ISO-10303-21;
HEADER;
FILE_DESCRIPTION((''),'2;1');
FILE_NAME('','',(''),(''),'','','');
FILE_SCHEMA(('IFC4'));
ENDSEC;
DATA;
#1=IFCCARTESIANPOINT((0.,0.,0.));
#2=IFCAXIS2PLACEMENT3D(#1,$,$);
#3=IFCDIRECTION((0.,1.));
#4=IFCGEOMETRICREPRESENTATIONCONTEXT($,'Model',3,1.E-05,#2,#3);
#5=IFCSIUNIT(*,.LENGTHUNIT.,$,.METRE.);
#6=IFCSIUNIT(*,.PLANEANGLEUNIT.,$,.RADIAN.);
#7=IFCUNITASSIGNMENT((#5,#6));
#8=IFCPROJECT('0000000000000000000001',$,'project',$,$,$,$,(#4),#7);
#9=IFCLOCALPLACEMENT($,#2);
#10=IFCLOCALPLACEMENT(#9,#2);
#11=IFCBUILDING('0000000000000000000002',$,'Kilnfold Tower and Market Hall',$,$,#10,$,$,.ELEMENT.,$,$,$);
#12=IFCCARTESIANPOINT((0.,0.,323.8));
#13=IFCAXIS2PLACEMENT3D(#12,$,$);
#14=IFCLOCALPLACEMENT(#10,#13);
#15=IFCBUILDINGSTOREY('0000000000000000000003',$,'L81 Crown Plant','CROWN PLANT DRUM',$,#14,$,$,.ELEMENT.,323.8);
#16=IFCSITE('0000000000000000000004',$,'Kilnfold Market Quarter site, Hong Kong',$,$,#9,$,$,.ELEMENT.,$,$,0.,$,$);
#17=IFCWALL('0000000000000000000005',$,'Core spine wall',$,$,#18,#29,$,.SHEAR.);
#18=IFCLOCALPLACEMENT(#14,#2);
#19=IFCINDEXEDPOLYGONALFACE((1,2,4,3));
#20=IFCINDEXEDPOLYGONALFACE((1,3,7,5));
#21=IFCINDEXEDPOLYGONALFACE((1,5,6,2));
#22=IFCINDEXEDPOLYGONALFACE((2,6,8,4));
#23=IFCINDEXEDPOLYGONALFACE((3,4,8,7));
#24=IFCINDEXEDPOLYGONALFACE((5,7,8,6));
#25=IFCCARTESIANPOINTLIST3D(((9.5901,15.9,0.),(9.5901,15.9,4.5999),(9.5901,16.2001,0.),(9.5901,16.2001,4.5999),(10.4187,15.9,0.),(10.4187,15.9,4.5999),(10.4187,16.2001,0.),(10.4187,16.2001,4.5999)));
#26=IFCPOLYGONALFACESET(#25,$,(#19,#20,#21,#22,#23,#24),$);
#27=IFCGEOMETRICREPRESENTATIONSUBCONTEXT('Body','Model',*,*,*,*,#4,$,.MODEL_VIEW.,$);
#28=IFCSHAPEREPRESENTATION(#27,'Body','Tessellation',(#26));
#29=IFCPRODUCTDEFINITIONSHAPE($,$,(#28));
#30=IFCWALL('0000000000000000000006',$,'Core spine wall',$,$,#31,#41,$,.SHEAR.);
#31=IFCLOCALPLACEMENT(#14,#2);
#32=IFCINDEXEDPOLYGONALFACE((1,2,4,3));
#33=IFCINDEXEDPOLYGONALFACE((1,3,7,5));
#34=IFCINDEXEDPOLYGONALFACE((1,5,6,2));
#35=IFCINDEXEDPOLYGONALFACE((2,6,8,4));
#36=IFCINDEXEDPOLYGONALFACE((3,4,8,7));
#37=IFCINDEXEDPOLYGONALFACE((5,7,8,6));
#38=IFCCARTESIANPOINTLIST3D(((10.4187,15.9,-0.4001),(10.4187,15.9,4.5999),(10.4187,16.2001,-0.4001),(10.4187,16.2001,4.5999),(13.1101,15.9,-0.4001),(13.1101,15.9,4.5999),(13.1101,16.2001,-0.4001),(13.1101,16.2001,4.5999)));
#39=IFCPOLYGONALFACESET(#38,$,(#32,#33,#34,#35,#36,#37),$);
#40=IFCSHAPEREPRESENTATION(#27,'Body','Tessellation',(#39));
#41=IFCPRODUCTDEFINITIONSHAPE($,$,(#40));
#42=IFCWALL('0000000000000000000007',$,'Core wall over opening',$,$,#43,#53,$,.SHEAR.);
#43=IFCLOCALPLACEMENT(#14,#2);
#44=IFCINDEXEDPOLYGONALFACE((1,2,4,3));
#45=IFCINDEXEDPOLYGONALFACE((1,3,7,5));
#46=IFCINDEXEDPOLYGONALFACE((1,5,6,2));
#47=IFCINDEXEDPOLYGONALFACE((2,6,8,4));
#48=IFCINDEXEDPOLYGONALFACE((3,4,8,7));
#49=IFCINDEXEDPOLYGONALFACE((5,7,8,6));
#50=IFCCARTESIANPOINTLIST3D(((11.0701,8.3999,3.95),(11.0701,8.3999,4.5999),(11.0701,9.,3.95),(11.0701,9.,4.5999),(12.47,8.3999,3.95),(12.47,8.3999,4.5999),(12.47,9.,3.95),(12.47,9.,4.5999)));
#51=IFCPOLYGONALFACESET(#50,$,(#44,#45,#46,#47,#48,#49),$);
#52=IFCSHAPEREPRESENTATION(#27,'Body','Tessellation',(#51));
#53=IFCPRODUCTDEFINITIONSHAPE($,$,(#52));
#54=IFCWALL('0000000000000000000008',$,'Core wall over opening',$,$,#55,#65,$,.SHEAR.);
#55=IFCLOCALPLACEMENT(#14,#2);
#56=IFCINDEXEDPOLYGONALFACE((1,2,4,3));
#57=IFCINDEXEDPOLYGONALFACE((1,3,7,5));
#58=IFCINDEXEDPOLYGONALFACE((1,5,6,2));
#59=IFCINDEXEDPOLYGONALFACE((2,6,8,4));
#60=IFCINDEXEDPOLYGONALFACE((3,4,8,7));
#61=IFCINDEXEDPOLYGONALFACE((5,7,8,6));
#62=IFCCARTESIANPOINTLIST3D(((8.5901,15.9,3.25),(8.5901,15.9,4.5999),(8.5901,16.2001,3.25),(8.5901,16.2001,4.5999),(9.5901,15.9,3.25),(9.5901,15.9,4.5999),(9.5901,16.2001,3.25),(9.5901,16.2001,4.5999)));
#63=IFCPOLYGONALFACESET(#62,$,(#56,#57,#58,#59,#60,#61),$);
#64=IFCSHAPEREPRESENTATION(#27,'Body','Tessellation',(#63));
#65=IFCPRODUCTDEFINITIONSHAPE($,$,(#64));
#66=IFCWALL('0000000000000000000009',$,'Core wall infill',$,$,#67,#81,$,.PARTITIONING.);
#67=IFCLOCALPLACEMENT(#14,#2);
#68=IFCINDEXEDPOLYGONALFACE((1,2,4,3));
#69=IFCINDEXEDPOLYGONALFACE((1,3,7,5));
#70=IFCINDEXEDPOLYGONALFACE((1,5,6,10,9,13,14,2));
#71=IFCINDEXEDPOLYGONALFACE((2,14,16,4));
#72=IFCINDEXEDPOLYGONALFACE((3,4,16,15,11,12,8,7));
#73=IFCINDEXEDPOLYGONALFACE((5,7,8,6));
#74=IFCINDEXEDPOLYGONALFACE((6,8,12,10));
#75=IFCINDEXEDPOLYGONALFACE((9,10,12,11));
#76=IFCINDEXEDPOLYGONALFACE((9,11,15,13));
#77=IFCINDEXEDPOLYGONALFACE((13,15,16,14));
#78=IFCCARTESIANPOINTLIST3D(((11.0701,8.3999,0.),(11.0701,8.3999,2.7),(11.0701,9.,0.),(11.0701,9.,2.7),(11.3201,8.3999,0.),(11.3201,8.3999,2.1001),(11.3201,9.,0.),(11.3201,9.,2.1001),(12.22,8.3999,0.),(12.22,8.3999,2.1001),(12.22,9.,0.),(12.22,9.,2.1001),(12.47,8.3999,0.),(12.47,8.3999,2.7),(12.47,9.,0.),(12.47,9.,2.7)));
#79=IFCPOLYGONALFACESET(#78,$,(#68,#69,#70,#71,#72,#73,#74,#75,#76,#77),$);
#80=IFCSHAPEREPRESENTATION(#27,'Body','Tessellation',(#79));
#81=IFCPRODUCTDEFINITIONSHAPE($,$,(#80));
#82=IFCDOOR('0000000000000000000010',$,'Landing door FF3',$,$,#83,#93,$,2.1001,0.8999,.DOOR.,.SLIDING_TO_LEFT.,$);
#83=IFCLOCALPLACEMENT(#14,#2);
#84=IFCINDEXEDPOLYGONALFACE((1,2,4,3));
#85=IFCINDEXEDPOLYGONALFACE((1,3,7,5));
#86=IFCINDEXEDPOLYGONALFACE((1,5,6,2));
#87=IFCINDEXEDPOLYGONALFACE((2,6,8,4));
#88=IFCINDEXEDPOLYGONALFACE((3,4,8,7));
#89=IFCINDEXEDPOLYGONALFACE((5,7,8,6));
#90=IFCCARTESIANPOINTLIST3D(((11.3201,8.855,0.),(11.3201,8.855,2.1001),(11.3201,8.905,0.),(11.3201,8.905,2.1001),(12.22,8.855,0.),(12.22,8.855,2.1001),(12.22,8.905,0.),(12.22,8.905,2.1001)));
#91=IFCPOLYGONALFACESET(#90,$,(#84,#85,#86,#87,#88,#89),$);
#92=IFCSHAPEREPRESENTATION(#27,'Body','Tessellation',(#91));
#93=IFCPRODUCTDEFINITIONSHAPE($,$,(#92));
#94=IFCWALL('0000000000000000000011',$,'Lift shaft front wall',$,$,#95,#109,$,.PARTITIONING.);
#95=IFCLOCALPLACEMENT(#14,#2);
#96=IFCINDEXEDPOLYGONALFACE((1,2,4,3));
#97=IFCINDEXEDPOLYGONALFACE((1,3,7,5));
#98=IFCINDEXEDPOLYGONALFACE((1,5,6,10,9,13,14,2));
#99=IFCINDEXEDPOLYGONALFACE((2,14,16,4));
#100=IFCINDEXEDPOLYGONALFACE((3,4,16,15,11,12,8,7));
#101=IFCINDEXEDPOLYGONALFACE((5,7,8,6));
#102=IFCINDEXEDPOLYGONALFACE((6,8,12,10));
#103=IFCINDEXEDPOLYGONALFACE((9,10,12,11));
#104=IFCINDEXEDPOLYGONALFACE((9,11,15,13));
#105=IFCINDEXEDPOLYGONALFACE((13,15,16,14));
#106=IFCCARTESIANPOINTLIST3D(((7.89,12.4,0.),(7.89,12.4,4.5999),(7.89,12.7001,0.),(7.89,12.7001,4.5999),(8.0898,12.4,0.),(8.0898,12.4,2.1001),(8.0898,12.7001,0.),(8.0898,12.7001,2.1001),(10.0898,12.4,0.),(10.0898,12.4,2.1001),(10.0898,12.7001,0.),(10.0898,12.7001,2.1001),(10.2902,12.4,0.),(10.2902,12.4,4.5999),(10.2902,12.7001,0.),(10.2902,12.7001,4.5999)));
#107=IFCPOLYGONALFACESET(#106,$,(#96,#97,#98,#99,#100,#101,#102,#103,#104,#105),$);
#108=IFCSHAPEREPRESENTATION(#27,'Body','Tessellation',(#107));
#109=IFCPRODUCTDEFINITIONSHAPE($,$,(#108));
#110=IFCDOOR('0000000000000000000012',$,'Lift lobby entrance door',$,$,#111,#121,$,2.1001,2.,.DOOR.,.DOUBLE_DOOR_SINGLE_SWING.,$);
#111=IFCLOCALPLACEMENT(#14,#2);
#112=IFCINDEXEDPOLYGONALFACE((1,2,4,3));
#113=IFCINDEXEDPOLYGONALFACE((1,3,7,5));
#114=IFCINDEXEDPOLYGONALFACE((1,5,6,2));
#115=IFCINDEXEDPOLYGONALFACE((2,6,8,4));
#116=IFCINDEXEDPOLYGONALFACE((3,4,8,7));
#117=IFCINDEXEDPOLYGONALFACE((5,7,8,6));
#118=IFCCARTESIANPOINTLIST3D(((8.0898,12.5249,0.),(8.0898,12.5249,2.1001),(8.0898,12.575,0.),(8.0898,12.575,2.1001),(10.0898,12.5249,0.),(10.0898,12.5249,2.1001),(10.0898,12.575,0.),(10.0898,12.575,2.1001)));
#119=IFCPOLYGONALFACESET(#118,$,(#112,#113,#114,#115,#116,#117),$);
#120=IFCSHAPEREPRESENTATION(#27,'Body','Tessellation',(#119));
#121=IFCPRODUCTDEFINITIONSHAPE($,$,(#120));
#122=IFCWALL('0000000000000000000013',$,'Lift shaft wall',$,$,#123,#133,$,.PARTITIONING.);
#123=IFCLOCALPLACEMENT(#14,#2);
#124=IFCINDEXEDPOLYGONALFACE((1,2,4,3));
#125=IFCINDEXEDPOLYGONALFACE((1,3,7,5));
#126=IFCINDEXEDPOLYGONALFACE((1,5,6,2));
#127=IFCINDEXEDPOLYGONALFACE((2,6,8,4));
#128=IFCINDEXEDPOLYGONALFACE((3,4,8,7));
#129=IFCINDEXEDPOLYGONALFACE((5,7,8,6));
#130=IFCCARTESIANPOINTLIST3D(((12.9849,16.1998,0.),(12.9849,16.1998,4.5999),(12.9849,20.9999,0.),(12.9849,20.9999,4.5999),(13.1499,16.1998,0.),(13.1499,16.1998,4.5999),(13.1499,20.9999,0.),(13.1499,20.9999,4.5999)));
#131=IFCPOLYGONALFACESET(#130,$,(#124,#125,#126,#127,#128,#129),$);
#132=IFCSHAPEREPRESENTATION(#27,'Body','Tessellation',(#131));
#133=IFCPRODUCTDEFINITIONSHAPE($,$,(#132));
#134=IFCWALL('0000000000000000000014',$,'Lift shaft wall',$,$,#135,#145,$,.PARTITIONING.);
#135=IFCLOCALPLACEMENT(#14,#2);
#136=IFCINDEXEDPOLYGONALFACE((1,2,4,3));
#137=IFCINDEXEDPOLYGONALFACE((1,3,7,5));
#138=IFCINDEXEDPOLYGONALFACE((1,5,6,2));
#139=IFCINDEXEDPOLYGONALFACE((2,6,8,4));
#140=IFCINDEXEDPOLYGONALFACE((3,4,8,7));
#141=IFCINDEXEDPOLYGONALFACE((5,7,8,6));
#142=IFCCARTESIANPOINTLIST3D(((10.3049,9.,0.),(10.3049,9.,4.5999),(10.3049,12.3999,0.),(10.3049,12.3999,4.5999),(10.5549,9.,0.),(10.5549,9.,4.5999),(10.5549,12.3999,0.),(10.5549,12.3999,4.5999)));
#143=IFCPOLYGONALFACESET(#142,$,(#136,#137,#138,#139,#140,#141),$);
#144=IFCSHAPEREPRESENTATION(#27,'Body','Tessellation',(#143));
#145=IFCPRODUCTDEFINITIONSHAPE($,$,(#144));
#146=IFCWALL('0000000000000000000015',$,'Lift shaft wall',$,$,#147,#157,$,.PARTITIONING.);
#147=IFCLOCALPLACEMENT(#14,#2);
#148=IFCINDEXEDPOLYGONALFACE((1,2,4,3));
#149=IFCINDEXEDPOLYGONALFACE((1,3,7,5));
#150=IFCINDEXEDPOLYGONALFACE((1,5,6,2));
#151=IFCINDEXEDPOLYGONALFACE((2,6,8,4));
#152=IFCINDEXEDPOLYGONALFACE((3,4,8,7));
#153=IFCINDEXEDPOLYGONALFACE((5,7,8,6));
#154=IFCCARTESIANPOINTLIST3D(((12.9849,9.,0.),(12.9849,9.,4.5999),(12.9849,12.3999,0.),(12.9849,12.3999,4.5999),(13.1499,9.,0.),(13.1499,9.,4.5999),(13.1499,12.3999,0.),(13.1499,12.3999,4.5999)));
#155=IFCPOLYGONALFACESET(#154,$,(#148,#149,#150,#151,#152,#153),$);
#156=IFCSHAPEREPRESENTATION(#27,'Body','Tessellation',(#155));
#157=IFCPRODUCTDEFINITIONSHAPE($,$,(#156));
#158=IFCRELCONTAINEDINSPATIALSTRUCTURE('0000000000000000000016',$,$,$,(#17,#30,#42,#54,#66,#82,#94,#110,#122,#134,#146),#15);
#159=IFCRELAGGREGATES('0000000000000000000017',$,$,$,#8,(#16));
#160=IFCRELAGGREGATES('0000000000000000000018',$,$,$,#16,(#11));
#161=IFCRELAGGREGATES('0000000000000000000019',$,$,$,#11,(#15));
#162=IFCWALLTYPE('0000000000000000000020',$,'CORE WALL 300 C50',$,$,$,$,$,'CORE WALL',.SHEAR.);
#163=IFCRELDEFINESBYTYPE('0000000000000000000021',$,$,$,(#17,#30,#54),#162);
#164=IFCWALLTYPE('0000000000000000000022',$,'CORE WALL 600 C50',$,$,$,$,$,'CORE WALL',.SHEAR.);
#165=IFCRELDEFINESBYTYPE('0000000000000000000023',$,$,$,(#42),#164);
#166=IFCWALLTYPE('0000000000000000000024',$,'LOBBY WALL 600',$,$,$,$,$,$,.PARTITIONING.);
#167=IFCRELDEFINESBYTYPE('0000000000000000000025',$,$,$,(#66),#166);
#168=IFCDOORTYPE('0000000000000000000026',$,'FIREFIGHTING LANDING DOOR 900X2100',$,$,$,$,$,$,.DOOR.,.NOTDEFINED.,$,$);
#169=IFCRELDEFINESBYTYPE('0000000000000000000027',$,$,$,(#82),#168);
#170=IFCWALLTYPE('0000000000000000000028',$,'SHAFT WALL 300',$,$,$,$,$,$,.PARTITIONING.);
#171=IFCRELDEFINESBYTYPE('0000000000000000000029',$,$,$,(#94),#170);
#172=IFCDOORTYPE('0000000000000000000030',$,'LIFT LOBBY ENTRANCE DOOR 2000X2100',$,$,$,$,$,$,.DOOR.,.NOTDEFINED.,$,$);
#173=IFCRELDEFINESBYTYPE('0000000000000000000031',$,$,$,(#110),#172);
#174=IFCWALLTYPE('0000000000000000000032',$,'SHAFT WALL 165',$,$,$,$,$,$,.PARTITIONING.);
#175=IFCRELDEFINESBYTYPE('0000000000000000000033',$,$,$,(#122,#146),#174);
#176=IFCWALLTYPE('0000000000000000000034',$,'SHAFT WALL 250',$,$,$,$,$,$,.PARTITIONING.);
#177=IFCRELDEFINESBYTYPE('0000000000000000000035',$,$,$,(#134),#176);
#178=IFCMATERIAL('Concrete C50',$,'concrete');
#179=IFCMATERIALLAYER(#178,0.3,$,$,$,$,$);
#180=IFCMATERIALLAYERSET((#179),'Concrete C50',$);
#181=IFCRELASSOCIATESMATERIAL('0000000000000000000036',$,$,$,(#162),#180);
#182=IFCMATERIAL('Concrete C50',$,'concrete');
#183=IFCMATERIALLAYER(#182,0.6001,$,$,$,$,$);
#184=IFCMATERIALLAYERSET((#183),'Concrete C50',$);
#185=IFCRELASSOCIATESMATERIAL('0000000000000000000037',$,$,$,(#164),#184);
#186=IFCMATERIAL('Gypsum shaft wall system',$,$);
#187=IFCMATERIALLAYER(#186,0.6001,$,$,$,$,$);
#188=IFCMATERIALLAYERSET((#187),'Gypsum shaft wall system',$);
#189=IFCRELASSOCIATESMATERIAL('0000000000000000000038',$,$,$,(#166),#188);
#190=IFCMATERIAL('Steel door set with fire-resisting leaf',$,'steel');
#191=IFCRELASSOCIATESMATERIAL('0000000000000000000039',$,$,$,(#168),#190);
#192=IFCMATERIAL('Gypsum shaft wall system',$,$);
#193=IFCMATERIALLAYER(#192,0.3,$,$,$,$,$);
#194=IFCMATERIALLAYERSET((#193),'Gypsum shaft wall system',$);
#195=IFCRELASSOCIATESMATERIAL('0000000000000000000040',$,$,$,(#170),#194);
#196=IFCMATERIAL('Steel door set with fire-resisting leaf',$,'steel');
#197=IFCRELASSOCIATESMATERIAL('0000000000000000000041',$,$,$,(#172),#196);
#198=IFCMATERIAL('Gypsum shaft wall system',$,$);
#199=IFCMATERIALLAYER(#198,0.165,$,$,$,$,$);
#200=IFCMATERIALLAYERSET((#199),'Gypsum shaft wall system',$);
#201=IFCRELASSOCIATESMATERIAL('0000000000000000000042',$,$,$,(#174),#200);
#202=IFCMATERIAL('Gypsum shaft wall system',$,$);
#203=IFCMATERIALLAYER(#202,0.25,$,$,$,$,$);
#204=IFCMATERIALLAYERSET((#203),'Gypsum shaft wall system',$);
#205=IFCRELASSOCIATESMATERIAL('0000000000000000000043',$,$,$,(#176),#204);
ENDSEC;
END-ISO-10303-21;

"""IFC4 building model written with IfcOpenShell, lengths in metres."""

from ifc_helpers import new_model, si_unit, direction, frame, frame_2d, origin, place, context, subcontext, project, spatial, rectangle, extrude, source, transform, mapped, material, layer, layer_set, type_object, element, fill, save


model = new_model("IFC4")

# Units and contexts
model_context = context("Model", 3, precision=1e-05, world=origin(), true_north=direction((0.0, 1.0)))
body_context = subcontext(model_context, "Body", "Model", "MODEL_VIEW")
ifc_project = project(units=[si_unit("LENGTHUNIT", "METRE"), si_unit("PLANEANGLEUNIT", "RADIAN")], contexts=[model_context])

# Site, building, storey
site_placement = place(None, origin())
site = spatial("IfcSite", under=ifc_project, at=site_placement, Name="Kilnfold Market Quarter site, Hong Kong", CompositionType="ELEMENT", RefElevation=0.0)
building_placement = place(site_placement, origin())
building = spatial("IfcBuilding", under=site, at=building_placement, Name="Kilnfold Tower and Market Hall", CompositionType="ELEMENT")
storey_placement = place(building_placement, frame((0.0, 0.0, 323.8)))
storey = spatial("IfcBuildingStorey", under=building, at=storey_placement, Name="L81 Crown Plant", Description="CROWN PLANT DRUM", CompositionType="ELEMENT", Elevation=323.8)

# Shared definitions
ifc_material_1 = material(Name="Concrete C50", Category="concrete")
ifc_layer_1 = layer(ifc_material_1, 0.3)
ifc_layer_set_1 = layer_set([ifc_layer_1], Name="Concrete C50")
wall_type_1 = type_object("IfcWallType", Name="CORE WALL 300 C50", ElementType="CORE WALL", PredefinedType="SHEAR", material=ifc_layer_set_1)

# Shared definitions
ifc_material_2 = material(Name="Concrete C50", Category="concrete")
ifc_layer_2 = layer(ifc_material_2, 0.6001)
ifc_layer_set_2 = layer_set([ifc_layer_2], Name="Concrete C50")
wall_type_2 = type_object("IfcWallType", Name="CORE WALL 600 C50", ElementType="CORE WALL", PredefinedType="SHEAR", material=ifc_layer_set_2)

# Walls
shared_shape_1 = source(origin(), body_context, "Body", "SweptSolid", [
    extrude(rectangle(XDim=0.8286, YDim=0.3, at=frame_2d((0.4143, 0.0))), origin(), (0.0, 0.0, 1.0), 4.5999),
])
wall_1_placement = place(storey_placement, frame((9.5901, 16.05, 0.0), z_axis=(0.0, 0.0, 1.0), x_axis=(1.0, 0.0, 0.0)))
element("IfcWall", 1, at=wall_1_placement, inside=storey, type_object=wall_type_1, Name="Core spine wall", PredefinedType="SHEAR", context=body_context, shape_type="MappedRepresentation", body=[
    mapped(shared_shape_1, transform((0.0, 0.0, 0.0))),
])
shared_shape_2 = source(origin(), body_context, "Body", "SweptSolid", [
    extrude(rectangle(XDim=2.6914, YDim=0.3, at=frame_2d((1.3457, 0.0))), origin(), (0.0, 0.0, 1.0), 5.0),
])
wall_2_placement = place(storey_placement, frame((10.4187, 16.05, -0.4001), z_axis=(0.0, 0.0, 1.0), x_axis=(1.0, 0.0, 0.0)))
element("IfcWall", 2, at=wall_2_placement, inside=storey, type_object=wall_type_1, Name="Core spine wall", PredefinedType="SHEAR", context=body_context, shape_type="MappedRepresentation", body=[
    mapped(shared_shape_2, transform((0.0, 0.0, 0.0))),
])
shared_shape_3 = source(origin(), body_context, "Body", "SweptSolid", [
    extrude(rectangle(XDim=1.3999, YDim=0.6001, at=frame_2d((0.7, 0.0))), origin(), (0.0, 0.0, 1.0), 0.6499),
])
wall_3_placement = place(storey_placement, frame((11.0701, 8.7, 3.95), z_axis=(0.0, 0.0, 1.0), x_axis=(1.0, 0.0, 0.0)))
element("IfcWall", 3, at=wall_3_placement, inside=storey, type_object=wall_type_2, Name="Core wall over opening", PredefinedType="SHEAR", context=body_context, shape_type="MappedRepresentation", body=[
    mapped(shared_shape_3, transform((0.0, 0.0, 0.0))),
])
shared_shape_4 = source(origin(), body_context, "Body", "SweptSolid", [
    extrude(rectangle(XDim=1.0, YDim=0.3, at=frame_2d((0.5, 0.0))), origin(), (0.0, 0.0, 1.0), 1.3499),
])
wall_4_placement = place(storey_placement, frame((8.5901, 16.05, 3.25), z_axis=(0.0, 0.0, 1.0), x_axis=(1.0, 0.0, 0.0)))
element("IfcWall", 4, at=wall_4_placement, inside=storey, type_object=wall_type_1, Name="Core wall over opening", PredefinedType="SHEAR", context=body_context, shape_type="MappedRepresentation", body=[
    mapped(shared_shape_4, transform((0.0, 0.0, 0.0))),
])

# Walls, openings, doors
ifc_material_3 = material(Name="Gypsum shaft wall system")
ifc_layer_3 = layer(ifc_material_3, 0.6001)
ifc_layer_set_3 = layer_set([ifc_layer_3], Name="Gypsum shaft wall system")
wall_type_3 = type_object("IfcWallType", Name="LOBBY WALL 600", PredefinedType="PARTITIONING", material=ifc_layer_set_3)
shared_shape_5 = source(origin(), body_context, "Body", "SweptSolid", [
    extrude(rectangle(XDim=1.3999, YDim=0.6001, at=frame_2d((0.7, 0.0))), origin(), (0.0, 0.0, 1.0), 2.7),
])
wall_5_placement = place(storey_placement, frame((11.0701, 8.7, 0.0), z_axis=(0.0, 0.0, 1.0), x_axis=(1.0, 0.0, 0.0)))
wall_5 = element("IfcWall", 5, at=wall_5_placement, inside=storey, type_object=wall_type_3, Name="Core wall infill", PredefinedType="PARTITIONING", context=body_context, shape_type="MappedRepresentation", body=[
    mapped(shared_shape_5, transform((0.0, 0.0, 0.0))),
])
opening_1_placement = place(wall_5_placement, frame((0.25, 0.0, 0.0)))
opening_1 = element("IfcOpeningElement", 6, at=opening_1_placement, cuts=wall_5, PredefinedType="OPENING", context=body_context, shape_type="SweptSolid", body=[
    extrude(rectangle(XDim=0.8999, YDim=2.1001, at=frame_2d((0.45, 1.05))), frame((0.0, 0.3101, 0.0), z_axis=(0.0, -1.0, 0.0), x_axis=(1.0, 0.0, 0.0)), (0.0, 0.0, 1.0), 0.6201),
])
ifc_material_4 = material(Name="Steel door set with fire-resisting leaf", Category="steel")
door_type_1 = type_object("IfcDoorType", Name="FIREFIGHTING LANDING DOOR 900X2100", OperationType="NOTDEFINED", PredefinedType="DOOR", material=ifc_material_4)
door_1_placement = place(opening_1_placement, origin())
door_1 = element("IfcDoor", 7, at=door_1_placement, inside=storey, type_object=door_type_1, Name="Landing door FF3", OperationType="SLIDING_TO_LEFT", OverallHeight=2.1001, OverallWidth=0.8999, PredefinedType="DOOR", context=body_context, shape_type="SweptSolid", body=[
    extrude(rectangle(XDim=0.8999, YDim=2.1001, at=frame_2d((0.45, 1.05))), frame((0.0, 0.2051, 0.0), z_axis=(0.0, -1.0, 0.0), x_axis=(1.0, 0.0, 0.0)), (0.0, 0.0, 1.0), 0.05),
])
fill(opening_1, door_1)
ifc_material_5 = material(Name="Gypsum shaft wall system")
ifc_layer_4 = layer(ifc_material_5, 0.3)
ifc_layer_set_4 = layer_set([ifc_layer_4], Name="Gypsum shaft wall system")
wall_type_4 = type_object("IfcWallType", Name="SHAFT WALL 300", PredefinedType="PARTITIONING", material=ifc_layer_set_4)
shared_shape_6 = source(origin(), body_context, "Body", "SweptSolid", [
    extrude(rectangle(XDim=2.4001, YDim=0.3, at=frame_2d((1.2002, 0.0))), origin(), (0.0, 0.0, 1.0), 4.5999),
])
wall_6_placement = place(storey_placement, frame((7.8899, 12.55, 0.0), z_axis=(0.0, 0.0, 1.0), x_axis=(1.0, 0.0, 0.0)))
wall_6 = element("IfcWall", 8, at=wall_6_placement, inside=storey, type_object=wall_type_4, Name="Lift shaft front wall", PredefinedType="PARTITIONING", context=body_context, shape_type="MappedRepresentation", body=[
    mapped(shared_shape_6, transform((0.0, 0.0, 0.0))),
])
opening_2_placement = place(wall_6_placement, frame((0.2, 0.0, 0.0)))
opening_2 = element("IfcOpeningElement", 9, at=opening_2_placement, cuts=wall_6, PredefinedType="OPENING", context=body_context, shape_type="SweptSolid", body=[
    extrude(rectangle(XDim=2.0, YDim=2.1001, at=frame_2d((1.0, 1.05))), frame((0.0, 0.1602, 0.0), z_axis=(0.0, -1.0, 0.0), x_axis=(1.0, 0.0, 0.0)), (0.0, 0.0, 1.0), 0.3201),
])
ifc_material_6 = material(Name="Steel door set with fire-resisting leaf", Category="steel")
door_type_2 = type_object("IfcDoorType", Name="LIFT LOBBY ENTRANCE DOOR 2000X2100", OperationType="NOTDEFINED", PredefinedType="DOOR", material=ifc_material_6)
door_2_placement = place(opening_2_placement, origin())
door_2 = element("IfcDoor", 10, at=door_2_placement, inside=storey, type_object=door_type_2, Name="Lift lobby entrance door", OperationType="DOUBLE_DOOR_SINGLE_SWING", OverallHeight=2.1001, OverallWidth=2.0, PredefinedType="DOOR", context=body_context, shape_type="SweptSolid", body=[
    extrude(rectangle(XDim=2.0, YDim=2.1001, at=frame_2d((1.0, 1.05))), frame((0.0, 0.0249, 0.0), z_axis=(0.0, -1.0, 0.0), x_axis=(1.0, 0.0, 0.0)), (0.0, 0.0, 1.0), 0.05),
])
fill(opening_2, door_2)

# Walls
ifc_material_7 = material(Name="Gypsum shaft wall system")
ifc_layer_5 = layer(ifc_material_7, 0.165)
ifc_layer_set_5 = layer_set([ifc_layer_5], Name="Gypsum shaft wall system")
wall_type_5 = type_object("IfcWallType", Name="SHAFT WALL 165", PredefinedType="PARTITIONING", material=ifc_layer_set_5)
shared_shape_7 = source(origin(), body_context, "Body", "SweptSolid", [
    extrude(rectangle(XDim=4.8, YDim=0.165, at=frame_2d((2.3999, 0.0))), origin(), (0.0, 0.0, 1.0), 4.5999),
])
wall_7_placement = place(storey_placement, frame((13.0674, 16.2, 0.0), z_axis=(0.0, 0.0, 1.0), x_axis=(0.0, 1.0, 0.0)))
element("IfcWall", 11, at=wall_7_placement, inside=storey, type_object=wall_type_5, Name="Lift shaft wall", PredefinedType="PARTITIONING", context=body_context, shape_type="MappedRepresentation", body=[
    mapped(shared_shape_7, transform((0.0, 0.0, 0.0))),
])
ifc_material_8 = material(Name="Gypsum shaft wall system")
ifc_layer_6 = layer(ifc_material_8, 0.25)
ifc_layer_set_6 = layer_set([ifc_layer_6], Name="Gypsum shaft wall system")
wall_type_6 = type_object("IfcWallType", Name="SHAFT WALL 250", PredefinedType="PARTITIONING", material=ifc_layer_set_6)
shared_shape_8 = source(origin(), body_context, "Body", "SweptSolid", [
    extrude(rectangle(XDim=3.3999, YDim=0.25, at=frame_2d((1.7, 0.0))), origin(), (0.0, 0.0, 1.0), 4.5999),
])
wall_8_placement = place(storey_placement, frame((10.4299, 9.0, 0.0), z_axis=(0.0, 0.0, 1.0), x_axis=(0.0, 1.0, 0.0)))
element("IfcWall", 12, at=wall_8_placement, inside=storey, type_object=wall_type_6, Name="Lift shaft wall", PredefinedType="PARTITIONING", context=body_context, shape_type="MappedRepresentation", body=[
    mapped(shared_shape_8, transform((0.0, 0.0, 0.0))),
])
shared_shape_9 = source(origin(), body_context, "Body", "SweptSolid", [
    extrude(rectangle(XDim=3.3999, YDim=0.165, at=frame_2d((1.7, 0.0))), origin(), (0.0, 0.0, 1.0), 4.5999),
])
wall_9_placement = place(storey_placement, frame((13.0674, 9.0, 0.0), z_axis=(0.0, 0.0, 1.0), x_axis=(0.0, 1.0, 0.0)))
element("IfcWall", 13, at=wall_9_placement, inside=storey, type_object=wall_type_5, Name="Lift shaft wall", PredefinedType="PARTITIONING", context=body_context, shape_type="MappedRepresentation", body=[
    mapped(shared_shape_9, transform((0.0, 0.0, 0.0))),
])

save(model, "model.ifc")
